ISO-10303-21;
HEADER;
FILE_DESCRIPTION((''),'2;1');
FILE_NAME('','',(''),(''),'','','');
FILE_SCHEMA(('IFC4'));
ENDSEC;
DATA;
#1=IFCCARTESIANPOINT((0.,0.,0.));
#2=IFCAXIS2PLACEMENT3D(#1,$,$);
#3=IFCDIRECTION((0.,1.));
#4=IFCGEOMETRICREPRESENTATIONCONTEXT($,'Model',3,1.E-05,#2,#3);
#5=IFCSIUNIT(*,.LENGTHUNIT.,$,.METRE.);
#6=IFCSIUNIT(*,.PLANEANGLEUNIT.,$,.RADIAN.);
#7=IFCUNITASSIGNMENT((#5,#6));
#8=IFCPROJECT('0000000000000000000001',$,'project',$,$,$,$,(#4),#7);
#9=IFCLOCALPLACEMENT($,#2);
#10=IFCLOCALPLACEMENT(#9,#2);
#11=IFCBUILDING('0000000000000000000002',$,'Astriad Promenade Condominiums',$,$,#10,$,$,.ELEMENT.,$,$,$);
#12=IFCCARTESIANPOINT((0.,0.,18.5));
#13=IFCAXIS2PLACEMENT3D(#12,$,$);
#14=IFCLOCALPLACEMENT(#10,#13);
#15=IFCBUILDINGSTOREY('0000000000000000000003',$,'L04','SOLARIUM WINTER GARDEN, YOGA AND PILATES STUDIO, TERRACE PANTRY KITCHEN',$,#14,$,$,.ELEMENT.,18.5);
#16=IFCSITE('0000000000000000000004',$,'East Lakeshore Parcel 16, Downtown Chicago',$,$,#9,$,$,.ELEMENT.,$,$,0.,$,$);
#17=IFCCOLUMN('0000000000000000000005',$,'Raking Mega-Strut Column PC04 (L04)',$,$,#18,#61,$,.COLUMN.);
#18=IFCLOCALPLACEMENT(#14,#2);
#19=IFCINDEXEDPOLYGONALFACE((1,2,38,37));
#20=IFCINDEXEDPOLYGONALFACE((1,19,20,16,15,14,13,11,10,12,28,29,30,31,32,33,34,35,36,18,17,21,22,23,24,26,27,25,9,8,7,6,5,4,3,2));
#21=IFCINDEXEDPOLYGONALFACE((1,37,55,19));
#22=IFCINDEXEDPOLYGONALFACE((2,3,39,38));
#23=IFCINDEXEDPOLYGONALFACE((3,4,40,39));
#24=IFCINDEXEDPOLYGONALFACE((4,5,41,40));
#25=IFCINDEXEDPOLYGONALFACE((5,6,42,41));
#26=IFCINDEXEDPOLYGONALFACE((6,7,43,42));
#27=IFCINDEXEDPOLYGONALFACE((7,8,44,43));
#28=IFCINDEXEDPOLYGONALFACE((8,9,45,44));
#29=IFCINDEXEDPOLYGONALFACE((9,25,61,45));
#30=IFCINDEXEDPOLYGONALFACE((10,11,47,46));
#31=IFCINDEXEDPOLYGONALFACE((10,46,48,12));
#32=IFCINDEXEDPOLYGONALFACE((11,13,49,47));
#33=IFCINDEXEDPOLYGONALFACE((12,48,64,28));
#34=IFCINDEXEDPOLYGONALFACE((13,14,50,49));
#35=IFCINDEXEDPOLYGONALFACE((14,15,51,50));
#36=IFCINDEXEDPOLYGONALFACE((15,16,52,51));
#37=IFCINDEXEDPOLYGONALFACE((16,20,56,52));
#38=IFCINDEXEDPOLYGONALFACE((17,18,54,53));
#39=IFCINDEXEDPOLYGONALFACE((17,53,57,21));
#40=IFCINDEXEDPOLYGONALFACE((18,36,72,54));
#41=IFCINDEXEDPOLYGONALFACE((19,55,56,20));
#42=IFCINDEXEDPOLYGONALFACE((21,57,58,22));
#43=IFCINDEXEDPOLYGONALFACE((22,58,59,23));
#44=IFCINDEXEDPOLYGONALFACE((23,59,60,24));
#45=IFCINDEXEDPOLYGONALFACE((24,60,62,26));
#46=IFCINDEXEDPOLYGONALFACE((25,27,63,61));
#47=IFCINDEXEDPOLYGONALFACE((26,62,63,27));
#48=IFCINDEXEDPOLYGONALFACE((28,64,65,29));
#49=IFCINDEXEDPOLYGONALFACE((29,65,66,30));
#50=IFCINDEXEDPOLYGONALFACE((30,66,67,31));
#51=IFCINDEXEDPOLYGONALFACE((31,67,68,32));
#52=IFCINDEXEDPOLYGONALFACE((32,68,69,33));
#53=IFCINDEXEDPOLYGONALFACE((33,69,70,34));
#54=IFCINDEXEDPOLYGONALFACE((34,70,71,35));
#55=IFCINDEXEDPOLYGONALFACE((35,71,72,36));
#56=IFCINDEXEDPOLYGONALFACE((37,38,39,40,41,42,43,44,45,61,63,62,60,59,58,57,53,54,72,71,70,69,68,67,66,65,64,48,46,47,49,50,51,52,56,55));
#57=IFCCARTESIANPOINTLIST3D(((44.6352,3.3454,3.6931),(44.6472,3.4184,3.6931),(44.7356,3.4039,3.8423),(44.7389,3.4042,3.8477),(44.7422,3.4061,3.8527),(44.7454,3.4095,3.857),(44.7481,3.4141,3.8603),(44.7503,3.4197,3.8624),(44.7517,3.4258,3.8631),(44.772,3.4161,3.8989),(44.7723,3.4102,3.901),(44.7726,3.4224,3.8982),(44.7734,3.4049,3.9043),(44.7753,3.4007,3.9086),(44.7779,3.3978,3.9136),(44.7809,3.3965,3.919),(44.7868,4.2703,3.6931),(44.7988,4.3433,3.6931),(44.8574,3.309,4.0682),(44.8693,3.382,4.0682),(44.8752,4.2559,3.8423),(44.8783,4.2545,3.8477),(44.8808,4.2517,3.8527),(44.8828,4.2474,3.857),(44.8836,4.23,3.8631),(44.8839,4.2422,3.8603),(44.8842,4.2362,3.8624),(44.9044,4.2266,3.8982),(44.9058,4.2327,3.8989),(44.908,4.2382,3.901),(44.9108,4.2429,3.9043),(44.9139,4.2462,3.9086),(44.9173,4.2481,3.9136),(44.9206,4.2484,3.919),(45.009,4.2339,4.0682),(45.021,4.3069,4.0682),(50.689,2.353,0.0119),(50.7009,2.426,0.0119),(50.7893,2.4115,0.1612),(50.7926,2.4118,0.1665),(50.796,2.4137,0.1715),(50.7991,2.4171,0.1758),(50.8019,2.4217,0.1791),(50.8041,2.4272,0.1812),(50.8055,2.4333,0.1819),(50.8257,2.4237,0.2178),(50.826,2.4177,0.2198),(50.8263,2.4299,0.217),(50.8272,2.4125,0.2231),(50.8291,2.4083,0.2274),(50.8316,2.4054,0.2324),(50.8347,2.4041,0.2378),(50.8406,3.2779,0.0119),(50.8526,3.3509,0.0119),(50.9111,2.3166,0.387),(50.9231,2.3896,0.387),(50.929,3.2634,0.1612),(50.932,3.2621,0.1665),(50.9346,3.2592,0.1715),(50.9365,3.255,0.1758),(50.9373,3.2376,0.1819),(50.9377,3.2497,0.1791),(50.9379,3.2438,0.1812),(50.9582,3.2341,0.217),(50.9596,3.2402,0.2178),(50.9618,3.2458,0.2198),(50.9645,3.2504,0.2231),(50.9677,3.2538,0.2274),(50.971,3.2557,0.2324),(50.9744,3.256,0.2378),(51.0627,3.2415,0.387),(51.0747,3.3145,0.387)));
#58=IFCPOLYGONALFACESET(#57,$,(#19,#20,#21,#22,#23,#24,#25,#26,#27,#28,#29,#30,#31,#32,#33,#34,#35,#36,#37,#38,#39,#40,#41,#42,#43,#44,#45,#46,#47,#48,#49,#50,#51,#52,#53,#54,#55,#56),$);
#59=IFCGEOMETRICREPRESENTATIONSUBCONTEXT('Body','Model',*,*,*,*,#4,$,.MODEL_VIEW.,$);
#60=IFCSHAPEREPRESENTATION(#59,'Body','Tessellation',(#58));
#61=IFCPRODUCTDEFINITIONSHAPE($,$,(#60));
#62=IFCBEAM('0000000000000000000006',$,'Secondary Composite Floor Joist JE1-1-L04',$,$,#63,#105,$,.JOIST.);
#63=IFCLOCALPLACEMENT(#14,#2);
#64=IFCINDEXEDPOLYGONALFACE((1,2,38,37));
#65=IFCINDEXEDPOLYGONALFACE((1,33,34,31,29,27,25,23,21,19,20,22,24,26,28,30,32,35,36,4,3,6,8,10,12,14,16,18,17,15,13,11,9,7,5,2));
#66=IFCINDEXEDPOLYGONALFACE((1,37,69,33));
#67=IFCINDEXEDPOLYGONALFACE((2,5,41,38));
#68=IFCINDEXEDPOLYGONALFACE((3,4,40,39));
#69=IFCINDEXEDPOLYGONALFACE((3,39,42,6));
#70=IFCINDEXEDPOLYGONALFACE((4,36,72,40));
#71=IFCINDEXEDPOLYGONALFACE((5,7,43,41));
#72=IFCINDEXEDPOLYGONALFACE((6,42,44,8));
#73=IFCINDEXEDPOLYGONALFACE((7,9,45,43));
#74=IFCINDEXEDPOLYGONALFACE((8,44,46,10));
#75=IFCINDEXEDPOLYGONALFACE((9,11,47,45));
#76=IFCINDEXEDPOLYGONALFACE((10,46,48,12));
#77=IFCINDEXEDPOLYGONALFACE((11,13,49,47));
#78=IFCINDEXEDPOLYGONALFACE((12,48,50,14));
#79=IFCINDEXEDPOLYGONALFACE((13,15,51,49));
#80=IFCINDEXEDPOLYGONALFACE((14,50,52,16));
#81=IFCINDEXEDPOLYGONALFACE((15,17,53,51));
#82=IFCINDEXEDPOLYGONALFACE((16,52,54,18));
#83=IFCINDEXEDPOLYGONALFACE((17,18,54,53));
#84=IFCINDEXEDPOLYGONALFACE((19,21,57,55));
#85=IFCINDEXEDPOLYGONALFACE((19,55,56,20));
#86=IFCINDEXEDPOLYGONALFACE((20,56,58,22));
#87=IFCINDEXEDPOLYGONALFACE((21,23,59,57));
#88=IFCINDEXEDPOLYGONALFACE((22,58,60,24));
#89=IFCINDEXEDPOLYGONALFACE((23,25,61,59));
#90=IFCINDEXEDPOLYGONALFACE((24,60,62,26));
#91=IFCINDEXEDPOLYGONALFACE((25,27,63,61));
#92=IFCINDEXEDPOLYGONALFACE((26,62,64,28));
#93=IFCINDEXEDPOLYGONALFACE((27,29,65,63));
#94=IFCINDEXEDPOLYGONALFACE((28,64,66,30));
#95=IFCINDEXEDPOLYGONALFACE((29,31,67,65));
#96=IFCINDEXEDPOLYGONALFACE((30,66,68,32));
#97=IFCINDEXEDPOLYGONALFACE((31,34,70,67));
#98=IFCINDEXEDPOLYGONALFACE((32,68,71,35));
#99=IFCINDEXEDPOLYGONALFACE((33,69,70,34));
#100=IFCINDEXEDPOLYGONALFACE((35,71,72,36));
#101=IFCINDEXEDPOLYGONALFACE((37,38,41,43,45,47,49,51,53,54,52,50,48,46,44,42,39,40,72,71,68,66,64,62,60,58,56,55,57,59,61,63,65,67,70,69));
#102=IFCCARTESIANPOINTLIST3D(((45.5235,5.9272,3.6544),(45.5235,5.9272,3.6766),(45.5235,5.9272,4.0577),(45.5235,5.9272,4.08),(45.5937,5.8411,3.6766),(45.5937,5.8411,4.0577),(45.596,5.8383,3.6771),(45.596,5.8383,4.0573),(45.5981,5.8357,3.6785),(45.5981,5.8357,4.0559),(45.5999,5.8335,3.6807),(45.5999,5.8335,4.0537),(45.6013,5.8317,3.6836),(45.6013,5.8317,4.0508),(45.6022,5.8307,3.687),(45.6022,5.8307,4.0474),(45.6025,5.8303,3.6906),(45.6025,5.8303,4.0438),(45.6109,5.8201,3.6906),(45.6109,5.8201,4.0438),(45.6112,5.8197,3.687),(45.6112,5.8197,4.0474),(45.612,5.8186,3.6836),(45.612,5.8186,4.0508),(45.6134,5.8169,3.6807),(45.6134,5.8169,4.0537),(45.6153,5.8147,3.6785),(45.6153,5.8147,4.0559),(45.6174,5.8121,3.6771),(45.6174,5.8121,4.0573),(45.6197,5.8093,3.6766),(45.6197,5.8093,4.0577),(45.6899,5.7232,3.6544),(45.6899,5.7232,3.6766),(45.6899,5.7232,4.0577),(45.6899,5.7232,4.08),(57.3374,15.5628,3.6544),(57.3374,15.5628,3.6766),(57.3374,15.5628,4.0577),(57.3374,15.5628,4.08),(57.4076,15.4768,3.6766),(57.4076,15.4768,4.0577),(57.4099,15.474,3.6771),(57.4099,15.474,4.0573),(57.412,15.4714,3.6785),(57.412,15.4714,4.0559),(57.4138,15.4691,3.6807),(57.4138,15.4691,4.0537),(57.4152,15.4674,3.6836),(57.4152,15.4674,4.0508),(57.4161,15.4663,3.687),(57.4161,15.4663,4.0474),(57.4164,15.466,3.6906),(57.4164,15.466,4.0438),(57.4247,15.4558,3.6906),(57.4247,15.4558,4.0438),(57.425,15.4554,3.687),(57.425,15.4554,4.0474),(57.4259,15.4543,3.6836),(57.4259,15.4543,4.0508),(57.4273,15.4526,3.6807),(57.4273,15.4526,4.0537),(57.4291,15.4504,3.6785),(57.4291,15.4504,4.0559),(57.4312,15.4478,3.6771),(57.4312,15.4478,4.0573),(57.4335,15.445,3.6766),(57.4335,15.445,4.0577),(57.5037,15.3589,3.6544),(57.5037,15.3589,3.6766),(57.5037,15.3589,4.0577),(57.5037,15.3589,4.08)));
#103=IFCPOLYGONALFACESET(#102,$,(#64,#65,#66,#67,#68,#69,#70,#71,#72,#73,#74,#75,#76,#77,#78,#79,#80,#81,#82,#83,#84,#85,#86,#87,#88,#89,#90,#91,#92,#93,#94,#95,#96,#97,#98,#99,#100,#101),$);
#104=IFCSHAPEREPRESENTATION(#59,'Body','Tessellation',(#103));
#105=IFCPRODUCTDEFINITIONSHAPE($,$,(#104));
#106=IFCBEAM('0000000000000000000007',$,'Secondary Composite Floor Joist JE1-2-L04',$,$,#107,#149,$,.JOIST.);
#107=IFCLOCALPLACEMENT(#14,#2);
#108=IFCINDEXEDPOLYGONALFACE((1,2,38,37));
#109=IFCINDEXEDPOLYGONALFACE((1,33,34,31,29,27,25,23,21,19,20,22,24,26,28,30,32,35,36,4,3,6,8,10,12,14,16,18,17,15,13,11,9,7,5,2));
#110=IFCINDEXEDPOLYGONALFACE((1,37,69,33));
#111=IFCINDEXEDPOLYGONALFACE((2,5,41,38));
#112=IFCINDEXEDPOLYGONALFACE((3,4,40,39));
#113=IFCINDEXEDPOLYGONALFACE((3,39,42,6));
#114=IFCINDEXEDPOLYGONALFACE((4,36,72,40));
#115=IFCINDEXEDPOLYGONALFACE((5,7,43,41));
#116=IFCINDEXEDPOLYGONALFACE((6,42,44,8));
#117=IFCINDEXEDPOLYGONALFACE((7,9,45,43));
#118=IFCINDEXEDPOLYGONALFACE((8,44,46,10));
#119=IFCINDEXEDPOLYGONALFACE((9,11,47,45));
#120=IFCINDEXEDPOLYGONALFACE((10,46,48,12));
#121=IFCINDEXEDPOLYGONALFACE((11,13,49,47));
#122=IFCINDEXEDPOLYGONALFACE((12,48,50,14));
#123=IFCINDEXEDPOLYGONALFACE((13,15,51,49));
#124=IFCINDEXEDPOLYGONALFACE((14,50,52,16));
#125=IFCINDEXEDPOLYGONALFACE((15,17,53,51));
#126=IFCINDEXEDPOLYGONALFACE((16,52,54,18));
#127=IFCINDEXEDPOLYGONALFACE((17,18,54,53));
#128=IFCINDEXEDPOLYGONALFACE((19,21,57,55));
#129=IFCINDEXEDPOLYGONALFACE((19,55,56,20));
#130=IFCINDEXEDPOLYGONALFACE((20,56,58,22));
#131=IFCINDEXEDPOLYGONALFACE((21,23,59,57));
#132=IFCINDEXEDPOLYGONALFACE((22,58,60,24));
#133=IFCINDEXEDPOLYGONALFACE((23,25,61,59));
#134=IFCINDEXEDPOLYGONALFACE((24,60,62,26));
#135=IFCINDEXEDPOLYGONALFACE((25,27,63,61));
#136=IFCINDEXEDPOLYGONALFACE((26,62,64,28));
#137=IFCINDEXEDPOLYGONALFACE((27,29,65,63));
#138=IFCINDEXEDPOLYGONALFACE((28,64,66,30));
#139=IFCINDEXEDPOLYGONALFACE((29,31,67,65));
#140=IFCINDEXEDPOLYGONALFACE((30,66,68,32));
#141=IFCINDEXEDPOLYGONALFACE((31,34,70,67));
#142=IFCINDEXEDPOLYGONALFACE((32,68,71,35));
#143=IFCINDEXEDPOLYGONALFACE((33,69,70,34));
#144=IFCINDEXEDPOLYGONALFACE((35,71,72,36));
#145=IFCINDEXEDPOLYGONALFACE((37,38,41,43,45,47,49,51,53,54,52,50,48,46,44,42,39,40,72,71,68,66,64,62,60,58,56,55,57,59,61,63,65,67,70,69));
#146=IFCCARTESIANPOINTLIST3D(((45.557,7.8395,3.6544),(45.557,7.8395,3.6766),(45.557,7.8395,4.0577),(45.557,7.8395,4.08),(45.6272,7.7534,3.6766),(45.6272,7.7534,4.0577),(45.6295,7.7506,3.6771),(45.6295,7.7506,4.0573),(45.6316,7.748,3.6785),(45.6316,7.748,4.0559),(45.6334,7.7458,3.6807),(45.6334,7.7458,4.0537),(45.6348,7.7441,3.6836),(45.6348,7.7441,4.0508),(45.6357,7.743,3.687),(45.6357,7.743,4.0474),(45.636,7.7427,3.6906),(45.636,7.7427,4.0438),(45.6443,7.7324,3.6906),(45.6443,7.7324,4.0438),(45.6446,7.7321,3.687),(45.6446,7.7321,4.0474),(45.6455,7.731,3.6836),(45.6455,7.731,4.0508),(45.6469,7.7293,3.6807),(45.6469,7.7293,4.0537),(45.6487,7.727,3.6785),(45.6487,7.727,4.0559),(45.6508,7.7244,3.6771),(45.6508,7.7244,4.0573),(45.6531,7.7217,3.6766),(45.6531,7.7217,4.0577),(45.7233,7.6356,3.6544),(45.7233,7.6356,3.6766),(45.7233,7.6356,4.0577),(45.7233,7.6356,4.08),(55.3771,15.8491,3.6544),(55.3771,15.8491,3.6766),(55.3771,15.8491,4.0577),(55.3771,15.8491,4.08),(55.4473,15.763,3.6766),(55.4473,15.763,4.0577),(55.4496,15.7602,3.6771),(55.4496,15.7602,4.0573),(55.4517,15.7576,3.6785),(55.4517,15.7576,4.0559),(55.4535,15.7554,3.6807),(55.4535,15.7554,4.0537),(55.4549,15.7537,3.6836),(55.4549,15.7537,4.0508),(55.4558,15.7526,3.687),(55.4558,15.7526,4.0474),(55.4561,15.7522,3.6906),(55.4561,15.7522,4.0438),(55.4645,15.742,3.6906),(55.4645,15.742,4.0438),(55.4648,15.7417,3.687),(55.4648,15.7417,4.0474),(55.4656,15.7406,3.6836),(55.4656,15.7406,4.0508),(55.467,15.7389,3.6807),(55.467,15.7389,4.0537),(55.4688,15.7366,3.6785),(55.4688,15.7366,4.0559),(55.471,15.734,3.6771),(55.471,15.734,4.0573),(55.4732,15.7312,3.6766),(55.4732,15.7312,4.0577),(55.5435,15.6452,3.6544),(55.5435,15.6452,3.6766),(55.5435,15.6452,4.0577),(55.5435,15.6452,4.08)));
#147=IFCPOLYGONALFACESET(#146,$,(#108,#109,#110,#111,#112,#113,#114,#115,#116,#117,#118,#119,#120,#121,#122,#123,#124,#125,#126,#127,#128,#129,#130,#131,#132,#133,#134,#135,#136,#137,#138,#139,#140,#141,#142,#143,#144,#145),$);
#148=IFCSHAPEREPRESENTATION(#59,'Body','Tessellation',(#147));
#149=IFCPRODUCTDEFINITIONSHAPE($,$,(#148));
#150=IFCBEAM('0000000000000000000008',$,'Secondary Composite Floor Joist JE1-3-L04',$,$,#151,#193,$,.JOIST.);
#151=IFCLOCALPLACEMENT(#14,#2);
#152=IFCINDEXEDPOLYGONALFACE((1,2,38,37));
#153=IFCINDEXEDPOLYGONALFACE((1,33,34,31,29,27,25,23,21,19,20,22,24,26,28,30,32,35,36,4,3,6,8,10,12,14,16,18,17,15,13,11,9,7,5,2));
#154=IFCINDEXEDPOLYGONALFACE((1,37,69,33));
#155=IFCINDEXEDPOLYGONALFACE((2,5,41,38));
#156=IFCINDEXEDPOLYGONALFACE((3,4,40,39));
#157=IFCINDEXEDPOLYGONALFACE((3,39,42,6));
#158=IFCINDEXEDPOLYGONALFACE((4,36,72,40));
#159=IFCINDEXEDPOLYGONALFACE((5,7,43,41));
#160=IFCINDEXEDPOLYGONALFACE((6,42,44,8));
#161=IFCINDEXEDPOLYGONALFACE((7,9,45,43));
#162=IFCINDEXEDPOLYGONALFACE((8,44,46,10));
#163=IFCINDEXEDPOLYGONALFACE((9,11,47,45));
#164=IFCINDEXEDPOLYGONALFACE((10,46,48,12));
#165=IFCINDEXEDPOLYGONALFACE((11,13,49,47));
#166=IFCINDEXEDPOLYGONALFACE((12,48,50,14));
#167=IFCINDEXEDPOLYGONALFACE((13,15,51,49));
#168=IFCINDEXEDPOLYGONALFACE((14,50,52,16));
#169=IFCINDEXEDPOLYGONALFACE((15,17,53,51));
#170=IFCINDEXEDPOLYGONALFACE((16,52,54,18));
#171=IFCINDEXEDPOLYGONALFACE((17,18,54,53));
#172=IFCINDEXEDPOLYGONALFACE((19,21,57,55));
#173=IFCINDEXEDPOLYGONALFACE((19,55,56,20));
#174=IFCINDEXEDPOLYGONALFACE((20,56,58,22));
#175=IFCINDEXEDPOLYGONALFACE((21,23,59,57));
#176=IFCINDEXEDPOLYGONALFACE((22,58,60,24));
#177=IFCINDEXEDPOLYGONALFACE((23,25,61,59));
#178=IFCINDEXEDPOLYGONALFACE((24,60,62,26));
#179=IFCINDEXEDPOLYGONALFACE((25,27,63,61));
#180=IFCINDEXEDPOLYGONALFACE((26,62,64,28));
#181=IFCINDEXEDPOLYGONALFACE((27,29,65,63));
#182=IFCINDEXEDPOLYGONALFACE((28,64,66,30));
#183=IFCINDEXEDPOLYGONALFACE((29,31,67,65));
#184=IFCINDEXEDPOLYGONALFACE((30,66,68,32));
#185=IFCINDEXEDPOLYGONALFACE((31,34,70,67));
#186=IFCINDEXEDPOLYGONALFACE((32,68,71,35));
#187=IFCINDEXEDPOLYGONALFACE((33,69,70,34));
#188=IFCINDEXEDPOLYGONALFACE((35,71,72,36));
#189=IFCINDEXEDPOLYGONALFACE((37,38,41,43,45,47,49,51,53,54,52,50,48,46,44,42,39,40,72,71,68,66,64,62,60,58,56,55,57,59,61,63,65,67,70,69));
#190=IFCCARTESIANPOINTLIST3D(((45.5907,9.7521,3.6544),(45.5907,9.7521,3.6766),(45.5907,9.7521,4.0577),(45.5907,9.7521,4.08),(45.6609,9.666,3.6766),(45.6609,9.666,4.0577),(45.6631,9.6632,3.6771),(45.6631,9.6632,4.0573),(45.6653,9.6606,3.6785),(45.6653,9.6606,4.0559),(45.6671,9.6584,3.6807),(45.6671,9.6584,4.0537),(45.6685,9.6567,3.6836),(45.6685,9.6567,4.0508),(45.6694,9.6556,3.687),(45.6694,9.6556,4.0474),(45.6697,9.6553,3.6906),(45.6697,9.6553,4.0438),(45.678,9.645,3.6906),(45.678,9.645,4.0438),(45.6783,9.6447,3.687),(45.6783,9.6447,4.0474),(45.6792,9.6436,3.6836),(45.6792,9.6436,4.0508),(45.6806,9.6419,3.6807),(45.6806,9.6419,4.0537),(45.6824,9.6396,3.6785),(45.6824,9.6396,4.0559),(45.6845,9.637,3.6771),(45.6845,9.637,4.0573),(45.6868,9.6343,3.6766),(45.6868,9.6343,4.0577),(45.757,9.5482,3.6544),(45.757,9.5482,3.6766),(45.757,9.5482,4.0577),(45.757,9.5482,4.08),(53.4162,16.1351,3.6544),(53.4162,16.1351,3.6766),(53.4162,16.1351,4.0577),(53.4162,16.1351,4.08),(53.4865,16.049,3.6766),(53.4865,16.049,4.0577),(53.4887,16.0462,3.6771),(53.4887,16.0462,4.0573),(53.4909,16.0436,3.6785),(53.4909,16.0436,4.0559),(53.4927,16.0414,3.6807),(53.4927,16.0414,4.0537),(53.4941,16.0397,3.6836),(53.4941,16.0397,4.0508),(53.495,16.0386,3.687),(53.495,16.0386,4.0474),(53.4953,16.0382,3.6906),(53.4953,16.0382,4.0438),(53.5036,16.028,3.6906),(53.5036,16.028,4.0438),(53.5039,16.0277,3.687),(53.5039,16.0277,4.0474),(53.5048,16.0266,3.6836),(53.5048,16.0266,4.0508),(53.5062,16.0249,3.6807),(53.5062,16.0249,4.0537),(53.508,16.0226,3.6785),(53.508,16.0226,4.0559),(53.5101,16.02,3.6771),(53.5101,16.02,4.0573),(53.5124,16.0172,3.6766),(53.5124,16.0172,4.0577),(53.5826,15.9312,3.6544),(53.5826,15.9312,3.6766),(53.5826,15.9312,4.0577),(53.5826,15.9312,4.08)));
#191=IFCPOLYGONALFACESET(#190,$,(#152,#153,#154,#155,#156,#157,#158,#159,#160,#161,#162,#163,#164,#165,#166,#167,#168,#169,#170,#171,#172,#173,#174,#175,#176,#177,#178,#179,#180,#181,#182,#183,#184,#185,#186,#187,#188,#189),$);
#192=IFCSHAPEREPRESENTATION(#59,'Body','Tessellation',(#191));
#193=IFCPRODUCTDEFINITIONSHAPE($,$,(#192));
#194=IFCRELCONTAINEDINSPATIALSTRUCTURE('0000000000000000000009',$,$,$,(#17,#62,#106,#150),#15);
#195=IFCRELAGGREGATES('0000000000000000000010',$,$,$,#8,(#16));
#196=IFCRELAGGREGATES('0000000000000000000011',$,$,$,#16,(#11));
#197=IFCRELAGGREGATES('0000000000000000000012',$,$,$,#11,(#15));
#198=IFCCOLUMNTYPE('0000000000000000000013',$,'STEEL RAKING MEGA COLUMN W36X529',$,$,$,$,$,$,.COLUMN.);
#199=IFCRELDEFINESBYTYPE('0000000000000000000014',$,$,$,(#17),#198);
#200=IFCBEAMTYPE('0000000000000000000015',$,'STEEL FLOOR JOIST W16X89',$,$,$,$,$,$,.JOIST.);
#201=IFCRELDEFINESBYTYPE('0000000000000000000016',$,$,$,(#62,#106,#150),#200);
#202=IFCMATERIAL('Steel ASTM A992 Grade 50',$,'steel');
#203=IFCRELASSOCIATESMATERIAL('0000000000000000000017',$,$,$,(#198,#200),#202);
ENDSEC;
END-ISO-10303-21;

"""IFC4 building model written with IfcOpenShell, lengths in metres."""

from ifc_helpers import new_model, si_unit, direction, frame, origin, origin_2d, place, context, subcontext, project, spatial, i_section, extrude, source, transform, mapped, material, material_profile, profile_set, type_object, type_shapes, element, save


model = new_model("IFC4")

# Units and contexts
model_context = context("Model", 3, precision=1e-05, world=origin(), true_north=direction((0.0, 1.0)))
body_context = subcontext(model_context, "Body", "Model", "MODEL_VIEW")
ifc_project = project(units=[si_unit("LENGTHUNIT", "METRE"), si_unit("PLANEANGLEUNIT", "RADIAN")], contexts=[model_context])

# Site, building, storey
site_placement = place(None, origin())
site = spatial("IfcSite", under=ifc_project, at=site_placement, Name="East Lakeshore Parcel 16, Downtown Chicago", CompositionType="ELEMENT", RefElevation=0.0)
building_placement = place(site_placement, origin())
building = spatial("IfcBuilding", under=site, at=building_placement, Name="Astriad Promenade Condominiums", CompositionType="ELEMENT")
storey_placement = place(building_placement, frame((0.0, 0.0, 18.5)))
storey = spatial("IfcBuildingStorey", under=building, at=storey_placement, Name="L04", Description="SOLARIUM WINTER GARDEN, YOGA AND PILATES STUDIO, TERRACE PANTRY KITCHEN", CompositionType="ELEMENT", Elevation=18.5)

# Column
ifc_material_1 = material(Name="Steel ASTM A992 Grade 50", Category="steel")
ifc_material_profile_1 = material_profile(ifc_material_1, i_section(OverallWidth=0.4375, OverallDepth=1.0112, WebThickness=0.041, FlangeThickness=0.074, FilletRadius=0.0242, at=origin_2d()), Name="W36X529")
ifc_profile_set_1 = profile_set([ifc_material_profile_1], Name="Steel ASTM A992 Grade 50")
column_type = type_object("IfcColumnType", Name="STEEL RAKING MEGA COLUMN W36X529", PredefinedType="COLUMN", material=ifc_profile_set_1)
shared_shape_1 = source(origin(), body_context, "Body", "SweptSolid", [
    extrude(i_section(OverallWidth=0.4375, OverallDepth=1.0112, WebThickness=0.041, FlangeThickness=0.074, FilletRadius=0.0242, at=origin_2d()), origin(), (0.0, 0.0, 1.0), 7.1543),
])
type_shapes(column_type, [shared_shape_1])
column_placement = place(storey_placement, frame((50.8818, 2.8337, 0.1995), z_axis=(-0.846171, 0.138719, 0.514541), x_axis=(0.507763, -0.083242, 0.857466)))
element("IfcColumn", 1, at=column_placement, inside=storey, type_object=column_type, Name="Raking Mega-Strut Column PC04 (L04)", PredefinedType="COLUMN", context=body_context, shape_type="MappedRepresentation", body=[
    mapped(shared_shape_1, transform((0.0, 0.0, 0.0), scale=1.0)),
])

# Beams
ifc_material_profile_2 = material_profile(ifc_material_1, i_section(OverallWidth=0.2632, OverallDepth=0.4255, WebThickness=0.0132, FlangeThickness=0.0222, FilletRadius=0.0139, at=origin_2d()), Name="W16X89")
ifc_profile_set_2 = profile_set([ifc_material_profile_2], Name="Steel ASTM A992 Grade 50")
beam_type_1 = type_object("IfcBeamType", Name="STEEL FLOOR JOIST W16X89", PredefinedType="JOIST", material=ifc_profile_set_2)
shared_shape_2 = source(origin(), body_context, "Body", "SweptSolid", [
    extrude(i_section(OverallWidth=0.2632, OverallDepth=0.4255, WebThickness=0.0132, FlangeThickness=0.0222, FilletRadius=0.0139, at=origin_2d()), origin(), (0.0, 0.0, 1.0), 15.2451),
])
beam_1_placement = place(storey_placement, frame((45.6067, 5.8252, 3.8672), z_axis=(0.774928, 0.632049, 0.0), x_axis=(-0.632049, 0.774928, 0.0)))
element("IfcBeam", 2, at=beam_1_placement, inside=storey, type_object=beam_type_1, Name="Secondary Composite Floor Joist JE1-1-L04", PredefinedType="JOIST", context=body_context, shape_type="MappedRepresentation", body=[
    mapped(shared_shape_2, transform((0.0, 0.0, 0.0), scale=1.0)),
])
shared_shape_3 = source(origin(), body_context, "Body", "SweptSolid", [
    extrude(i_section(OverallWidth=0.2632, OverallDepth=0.4255, WebThickness=0.0132, FlangeThickness=0.0222, FilletRadius=0.0139, at=origin_2d()), origin(), (0.0, 0.0, 1.0), 12.6724),
])
beam_2_placement = place(storey_placement, frame((45.6401, 7.7375, 3.8672), z_axis=(0.774926, 0.632052, 0.0), x_axis=(-0.632052, 0.774926, 0.0)))
element("IfcBeam", 3, at=beam_2_placement, inside=storey, type_object=beam_type_1, Name="Secondary Composite Floor Joist JE1-2-L04", PredefinedType="JOIST", context=body_context, shape_type="MappedRepresentation", body=[
    mapped(shared_shape_3, transform((0.0, 0.0, 0.0), scale=1.0)),
])
shared_shape_4 = source(origin(), body_context, "Body", "SweptSolid", [
    extrude(i_section(OverallWidth=0.2632, OverallDepth=0.4255, WebThickness=0.0132, FlangeThickness=0.0222, FilletRadius=0.0139, at=origin_2d()), origin(), (0.0, 0.0, 1.0), 10.0986),
])
beam_3_placement = place(storey_placement, frame((45.6738, 9.6501, 3.8672), z_axis=(0.774916, 0.632064, 0.0), x_axis=(-0.632064, 0.774916, 0.0)))
element("IfcBeam", 4, at=beam_3_placement, inside=storey, type_object=beam_type_1, Name="Secondary Composite Floor Joist JE1-3-L04", PredefinedType="JOIST", context=body_context, shape_type="MappedRepresentation", body=[
    mapped(shared_shape_4, transform((0.0, 0.0, 0.0), scale=1.0)),
])

save(model, "model.ifc")
